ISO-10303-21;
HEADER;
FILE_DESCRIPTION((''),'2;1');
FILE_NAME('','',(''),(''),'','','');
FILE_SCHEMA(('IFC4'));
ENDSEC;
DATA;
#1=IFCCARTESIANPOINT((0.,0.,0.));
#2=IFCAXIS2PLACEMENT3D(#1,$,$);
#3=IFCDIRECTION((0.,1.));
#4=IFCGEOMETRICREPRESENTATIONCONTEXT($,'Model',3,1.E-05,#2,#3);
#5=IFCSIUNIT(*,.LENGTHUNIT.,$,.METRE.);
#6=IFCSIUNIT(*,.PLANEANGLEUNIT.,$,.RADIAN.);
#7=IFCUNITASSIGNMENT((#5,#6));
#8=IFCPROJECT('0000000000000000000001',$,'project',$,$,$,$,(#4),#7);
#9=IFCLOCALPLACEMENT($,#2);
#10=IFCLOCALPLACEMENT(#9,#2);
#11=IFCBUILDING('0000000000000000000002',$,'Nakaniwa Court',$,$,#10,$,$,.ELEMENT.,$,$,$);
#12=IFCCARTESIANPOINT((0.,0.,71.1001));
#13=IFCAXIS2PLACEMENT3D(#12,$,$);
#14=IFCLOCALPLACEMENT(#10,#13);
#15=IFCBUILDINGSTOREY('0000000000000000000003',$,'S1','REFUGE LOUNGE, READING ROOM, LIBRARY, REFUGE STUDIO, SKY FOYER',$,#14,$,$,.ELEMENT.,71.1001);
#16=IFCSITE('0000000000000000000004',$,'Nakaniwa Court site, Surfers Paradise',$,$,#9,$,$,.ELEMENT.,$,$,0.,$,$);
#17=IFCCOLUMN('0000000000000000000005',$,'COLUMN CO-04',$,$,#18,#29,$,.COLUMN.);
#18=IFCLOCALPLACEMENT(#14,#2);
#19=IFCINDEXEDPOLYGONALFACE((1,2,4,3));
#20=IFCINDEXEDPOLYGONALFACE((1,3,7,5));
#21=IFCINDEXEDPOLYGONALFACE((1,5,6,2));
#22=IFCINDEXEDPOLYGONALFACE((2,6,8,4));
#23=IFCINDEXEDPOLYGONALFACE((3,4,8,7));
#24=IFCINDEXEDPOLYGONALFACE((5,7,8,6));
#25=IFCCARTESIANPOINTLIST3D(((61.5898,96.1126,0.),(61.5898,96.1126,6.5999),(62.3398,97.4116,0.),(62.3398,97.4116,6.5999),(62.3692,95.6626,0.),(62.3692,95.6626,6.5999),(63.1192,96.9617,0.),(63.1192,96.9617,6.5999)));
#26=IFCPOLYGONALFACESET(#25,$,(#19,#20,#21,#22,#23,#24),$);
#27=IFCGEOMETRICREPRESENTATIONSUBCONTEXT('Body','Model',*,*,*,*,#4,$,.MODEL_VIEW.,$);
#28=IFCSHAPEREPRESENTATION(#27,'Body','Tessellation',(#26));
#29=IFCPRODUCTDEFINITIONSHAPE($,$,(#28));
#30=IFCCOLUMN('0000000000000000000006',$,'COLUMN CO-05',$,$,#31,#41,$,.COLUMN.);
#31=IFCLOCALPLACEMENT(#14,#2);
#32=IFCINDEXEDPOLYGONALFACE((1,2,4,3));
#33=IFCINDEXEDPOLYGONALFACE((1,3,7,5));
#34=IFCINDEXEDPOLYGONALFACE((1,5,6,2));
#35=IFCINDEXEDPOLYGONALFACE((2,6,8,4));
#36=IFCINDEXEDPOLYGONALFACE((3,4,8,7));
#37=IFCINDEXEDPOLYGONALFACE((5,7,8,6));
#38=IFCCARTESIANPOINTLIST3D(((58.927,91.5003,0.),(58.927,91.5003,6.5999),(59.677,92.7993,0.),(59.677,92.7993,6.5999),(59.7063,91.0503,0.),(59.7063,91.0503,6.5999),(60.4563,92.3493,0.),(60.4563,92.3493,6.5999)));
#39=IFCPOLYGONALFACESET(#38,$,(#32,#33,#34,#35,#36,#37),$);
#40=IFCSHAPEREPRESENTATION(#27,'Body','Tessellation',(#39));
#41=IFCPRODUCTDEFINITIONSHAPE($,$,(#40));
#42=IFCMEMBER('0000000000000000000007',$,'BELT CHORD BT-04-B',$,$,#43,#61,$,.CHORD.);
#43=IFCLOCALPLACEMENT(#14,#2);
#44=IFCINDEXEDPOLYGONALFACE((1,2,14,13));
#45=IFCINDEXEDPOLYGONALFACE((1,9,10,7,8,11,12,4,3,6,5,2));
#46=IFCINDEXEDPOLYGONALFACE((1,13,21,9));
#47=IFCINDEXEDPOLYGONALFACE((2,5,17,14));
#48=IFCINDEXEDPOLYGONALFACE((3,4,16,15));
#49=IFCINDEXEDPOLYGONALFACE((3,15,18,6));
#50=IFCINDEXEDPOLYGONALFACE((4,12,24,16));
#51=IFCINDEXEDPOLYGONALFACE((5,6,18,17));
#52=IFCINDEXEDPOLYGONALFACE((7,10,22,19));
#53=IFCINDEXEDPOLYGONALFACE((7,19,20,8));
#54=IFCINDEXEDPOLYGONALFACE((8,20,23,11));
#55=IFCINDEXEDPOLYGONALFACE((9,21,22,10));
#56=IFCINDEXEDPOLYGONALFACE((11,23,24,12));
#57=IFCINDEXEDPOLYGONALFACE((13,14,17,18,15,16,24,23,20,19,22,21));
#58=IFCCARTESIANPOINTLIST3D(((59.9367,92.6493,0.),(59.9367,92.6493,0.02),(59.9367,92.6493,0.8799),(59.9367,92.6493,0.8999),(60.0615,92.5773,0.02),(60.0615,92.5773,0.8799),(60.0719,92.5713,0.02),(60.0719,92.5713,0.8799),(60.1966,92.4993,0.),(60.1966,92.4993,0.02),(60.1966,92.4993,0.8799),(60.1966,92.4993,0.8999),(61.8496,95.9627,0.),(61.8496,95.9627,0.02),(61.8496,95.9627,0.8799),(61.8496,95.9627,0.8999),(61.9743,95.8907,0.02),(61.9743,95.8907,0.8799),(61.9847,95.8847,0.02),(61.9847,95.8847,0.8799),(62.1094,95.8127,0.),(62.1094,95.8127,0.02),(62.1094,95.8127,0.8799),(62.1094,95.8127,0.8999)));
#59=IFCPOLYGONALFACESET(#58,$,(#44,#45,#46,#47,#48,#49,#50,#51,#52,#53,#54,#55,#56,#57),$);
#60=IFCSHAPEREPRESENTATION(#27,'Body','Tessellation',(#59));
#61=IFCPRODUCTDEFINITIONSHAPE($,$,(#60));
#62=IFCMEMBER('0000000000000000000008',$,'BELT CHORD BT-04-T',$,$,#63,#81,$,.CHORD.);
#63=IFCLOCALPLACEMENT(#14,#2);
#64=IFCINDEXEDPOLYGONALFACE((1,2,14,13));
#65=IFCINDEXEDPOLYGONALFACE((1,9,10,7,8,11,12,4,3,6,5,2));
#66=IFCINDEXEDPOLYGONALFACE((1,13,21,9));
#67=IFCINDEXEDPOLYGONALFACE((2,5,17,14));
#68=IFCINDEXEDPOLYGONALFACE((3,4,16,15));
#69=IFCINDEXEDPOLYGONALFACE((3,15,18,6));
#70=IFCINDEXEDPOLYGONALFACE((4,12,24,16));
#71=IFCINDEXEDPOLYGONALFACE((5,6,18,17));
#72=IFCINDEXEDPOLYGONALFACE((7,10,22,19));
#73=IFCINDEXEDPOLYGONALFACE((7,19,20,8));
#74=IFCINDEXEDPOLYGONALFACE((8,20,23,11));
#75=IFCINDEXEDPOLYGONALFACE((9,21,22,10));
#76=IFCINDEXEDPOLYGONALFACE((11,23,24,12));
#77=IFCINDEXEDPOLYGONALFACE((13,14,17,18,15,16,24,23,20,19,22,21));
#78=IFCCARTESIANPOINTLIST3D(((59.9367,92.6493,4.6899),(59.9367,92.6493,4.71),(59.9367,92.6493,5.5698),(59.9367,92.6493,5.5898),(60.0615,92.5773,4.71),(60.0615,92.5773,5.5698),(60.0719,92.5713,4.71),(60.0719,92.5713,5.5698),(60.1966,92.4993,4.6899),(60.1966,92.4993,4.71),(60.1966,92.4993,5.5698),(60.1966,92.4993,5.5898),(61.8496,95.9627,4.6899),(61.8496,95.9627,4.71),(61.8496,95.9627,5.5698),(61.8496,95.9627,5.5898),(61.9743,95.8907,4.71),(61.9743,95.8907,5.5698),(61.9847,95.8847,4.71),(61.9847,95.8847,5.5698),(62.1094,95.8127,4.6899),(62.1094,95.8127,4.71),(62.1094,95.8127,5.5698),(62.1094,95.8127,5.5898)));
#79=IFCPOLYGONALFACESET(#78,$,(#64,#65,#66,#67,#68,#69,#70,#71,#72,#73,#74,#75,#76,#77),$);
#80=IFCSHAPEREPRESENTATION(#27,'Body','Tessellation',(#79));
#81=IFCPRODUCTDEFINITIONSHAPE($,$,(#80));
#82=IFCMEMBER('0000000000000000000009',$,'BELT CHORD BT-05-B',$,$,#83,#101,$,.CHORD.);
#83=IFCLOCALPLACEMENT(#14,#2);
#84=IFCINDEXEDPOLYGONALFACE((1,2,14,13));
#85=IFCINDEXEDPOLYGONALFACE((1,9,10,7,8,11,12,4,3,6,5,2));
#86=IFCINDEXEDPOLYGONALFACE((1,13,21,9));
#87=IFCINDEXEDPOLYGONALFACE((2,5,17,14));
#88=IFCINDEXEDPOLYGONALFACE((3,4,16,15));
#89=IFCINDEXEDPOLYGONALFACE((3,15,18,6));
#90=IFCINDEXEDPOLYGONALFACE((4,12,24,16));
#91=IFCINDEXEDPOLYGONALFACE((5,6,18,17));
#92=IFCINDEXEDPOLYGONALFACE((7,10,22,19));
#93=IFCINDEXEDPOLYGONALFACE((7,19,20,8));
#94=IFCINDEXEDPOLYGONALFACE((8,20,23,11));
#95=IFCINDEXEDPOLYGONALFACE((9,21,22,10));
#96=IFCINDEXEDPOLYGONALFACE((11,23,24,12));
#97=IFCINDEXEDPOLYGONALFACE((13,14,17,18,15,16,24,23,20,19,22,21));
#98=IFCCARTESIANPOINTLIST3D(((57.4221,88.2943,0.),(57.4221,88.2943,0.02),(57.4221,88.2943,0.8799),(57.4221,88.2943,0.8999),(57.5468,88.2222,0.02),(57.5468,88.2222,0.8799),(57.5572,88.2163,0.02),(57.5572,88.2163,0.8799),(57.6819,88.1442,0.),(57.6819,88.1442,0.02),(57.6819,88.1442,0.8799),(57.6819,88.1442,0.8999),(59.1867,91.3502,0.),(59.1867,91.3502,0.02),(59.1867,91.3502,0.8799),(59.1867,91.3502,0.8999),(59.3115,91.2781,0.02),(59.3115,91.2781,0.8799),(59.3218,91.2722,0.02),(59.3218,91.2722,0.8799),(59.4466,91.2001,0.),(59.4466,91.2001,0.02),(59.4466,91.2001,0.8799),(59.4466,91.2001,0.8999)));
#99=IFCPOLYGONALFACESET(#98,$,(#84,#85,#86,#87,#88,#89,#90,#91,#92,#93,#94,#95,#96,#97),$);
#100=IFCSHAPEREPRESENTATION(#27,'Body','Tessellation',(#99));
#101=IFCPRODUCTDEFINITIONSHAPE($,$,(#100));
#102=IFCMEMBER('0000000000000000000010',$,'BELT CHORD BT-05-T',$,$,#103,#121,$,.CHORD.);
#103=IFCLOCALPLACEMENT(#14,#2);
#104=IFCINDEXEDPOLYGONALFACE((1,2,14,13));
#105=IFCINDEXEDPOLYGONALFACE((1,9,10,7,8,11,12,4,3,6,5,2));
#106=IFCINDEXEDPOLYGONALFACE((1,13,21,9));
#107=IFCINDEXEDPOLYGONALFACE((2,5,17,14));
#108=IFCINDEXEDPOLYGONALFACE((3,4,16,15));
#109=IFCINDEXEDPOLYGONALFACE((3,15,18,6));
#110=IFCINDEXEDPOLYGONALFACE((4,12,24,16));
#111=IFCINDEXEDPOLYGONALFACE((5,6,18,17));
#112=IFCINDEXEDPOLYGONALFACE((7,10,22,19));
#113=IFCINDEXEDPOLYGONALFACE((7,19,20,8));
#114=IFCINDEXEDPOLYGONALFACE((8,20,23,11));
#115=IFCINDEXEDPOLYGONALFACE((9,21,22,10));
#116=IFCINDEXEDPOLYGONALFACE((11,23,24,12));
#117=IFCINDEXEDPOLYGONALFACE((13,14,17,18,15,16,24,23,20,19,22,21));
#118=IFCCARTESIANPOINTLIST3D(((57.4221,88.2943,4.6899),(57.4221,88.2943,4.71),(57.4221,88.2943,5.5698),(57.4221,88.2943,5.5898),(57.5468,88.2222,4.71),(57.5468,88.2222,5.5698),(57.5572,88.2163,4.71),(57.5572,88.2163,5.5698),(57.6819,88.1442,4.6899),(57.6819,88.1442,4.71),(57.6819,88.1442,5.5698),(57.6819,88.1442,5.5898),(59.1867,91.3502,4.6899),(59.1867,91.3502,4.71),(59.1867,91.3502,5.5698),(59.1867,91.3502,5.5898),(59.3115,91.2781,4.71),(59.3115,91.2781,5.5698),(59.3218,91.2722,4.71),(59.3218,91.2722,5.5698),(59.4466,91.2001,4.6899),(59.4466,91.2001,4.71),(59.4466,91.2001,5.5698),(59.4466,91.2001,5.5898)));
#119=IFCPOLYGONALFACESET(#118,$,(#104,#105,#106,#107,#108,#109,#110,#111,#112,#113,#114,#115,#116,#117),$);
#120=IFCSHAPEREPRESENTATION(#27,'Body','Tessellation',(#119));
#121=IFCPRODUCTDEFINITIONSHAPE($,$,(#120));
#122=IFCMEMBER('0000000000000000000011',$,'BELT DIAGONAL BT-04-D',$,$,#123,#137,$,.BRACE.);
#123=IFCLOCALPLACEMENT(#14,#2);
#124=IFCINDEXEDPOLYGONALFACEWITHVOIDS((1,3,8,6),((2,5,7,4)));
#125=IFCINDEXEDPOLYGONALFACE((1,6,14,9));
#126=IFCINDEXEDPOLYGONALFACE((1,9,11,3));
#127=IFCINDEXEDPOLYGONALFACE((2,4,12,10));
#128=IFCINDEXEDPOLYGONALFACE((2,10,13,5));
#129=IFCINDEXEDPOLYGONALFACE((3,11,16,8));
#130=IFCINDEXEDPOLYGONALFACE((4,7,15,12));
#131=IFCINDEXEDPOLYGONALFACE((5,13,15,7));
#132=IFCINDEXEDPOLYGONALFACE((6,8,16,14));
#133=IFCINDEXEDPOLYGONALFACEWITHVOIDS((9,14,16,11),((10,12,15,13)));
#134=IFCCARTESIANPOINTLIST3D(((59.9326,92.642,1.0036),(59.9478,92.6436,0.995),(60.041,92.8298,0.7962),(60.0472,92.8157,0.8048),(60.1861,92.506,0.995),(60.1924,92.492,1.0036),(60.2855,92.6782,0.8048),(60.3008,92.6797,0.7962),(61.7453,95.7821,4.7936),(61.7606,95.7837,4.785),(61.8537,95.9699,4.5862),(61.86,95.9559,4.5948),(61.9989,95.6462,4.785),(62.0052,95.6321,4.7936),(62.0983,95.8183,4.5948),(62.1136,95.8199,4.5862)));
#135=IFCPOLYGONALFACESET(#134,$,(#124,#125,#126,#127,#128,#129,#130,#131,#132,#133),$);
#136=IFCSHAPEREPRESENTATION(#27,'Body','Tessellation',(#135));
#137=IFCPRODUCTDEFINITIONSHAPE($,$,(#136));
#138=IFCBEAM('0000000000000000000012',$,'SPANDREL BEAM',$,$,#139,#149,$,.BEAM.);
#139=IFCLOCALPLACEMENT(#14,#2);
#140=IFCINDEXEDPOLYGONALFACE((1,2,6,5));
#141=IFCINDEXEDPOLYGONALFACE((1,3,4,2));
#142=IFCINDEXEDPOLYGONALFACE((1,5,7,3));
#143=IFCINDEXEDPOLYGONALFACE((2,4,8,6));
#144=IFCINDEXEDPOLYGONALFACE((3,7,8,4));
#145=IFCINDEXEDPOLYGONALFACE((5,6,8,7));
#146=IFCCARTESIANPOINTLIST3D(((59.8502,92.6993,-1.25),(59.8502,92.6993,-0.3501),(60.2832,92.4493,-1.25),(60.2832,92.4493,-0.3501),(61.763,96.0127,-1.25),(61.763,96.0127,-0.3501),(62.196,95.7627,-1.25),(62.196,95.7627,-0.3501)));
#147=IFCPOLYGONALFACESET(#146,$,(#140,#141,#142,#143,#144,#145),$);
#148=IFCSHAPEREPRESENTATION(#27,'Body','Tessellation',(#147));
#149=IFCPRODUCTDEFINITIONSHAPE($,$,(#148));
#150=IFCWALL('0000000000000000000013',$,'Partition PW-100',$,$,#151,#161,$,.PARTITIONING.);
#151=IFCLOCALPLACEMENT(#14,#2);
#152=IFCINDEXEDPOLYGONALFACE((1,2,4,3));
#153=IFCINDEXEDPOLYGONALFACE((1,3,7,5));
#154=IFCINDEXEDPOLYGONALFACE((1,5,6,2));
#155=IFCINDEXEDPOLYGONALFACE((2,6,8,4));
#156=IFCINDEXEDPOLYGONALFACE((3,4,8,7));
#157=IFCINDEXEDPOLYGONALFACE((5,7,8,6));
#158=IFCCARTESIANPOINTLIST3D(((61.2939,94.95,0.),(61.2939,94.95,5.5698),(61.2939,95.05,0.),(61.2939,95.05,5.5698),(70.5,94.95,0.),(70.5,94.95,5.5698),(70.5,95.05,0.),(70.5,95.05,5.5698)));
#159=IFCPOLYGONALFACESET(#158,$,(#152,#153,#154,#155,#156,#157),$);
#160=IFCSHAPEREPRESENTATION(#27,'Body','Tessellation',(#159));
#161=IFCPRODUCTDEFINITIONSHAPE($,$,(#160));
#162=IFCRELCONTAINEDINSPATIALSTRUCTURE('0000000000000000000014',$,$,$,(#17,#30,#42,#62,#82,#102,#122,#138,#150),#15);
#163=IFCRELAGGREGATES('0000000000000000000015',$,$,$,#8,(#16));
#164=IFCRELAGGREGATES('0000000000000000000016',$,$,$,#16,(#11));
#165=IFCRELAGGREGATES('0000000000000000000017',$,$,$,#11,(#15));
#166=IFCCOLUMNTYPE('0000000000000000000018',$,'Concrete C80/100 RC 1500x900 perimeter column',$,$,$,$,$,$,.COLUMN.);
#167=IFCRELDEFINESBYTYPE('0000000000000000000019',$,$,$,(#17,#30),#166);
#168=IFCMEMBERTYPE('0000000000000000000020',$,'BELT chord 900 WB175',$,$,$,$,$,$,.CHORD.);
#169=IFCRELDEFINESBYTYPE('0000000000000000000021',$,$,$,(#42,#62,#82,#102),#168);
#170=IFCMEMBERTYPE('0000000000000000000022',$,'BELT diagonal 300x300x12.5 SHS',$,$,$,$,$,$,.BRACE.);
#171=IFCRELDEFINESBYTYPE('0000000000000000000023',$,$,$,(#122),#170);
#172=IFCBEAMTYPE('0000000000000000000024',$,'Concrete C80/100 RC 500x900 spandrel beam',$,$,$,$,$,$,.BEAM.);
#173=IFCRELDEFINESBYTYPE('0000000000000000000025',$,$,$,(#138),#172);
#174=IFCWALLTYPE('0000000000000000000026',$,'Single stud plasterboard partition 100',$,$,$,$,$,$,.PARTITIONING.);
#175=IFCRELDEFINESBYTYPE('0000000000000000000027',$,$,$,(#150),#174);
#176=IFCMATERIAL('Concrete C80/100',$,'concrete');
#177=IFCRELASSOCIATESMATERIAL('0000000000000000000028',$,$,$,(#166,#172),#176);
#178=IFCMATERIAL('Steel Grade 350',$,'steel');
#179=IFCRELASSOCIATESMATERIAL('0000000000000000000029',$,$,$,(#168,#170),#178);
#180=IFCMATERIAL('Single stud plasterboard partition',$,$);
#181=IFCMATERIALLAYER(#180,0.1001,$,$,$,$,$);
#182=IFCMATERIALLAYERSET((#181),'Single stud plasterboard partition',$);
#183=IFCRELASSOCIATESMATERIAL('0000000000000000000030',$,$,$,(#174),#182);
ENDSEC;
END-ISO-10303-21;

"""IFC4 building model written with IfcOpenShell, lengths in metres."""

from ifc_helpers import new_model, si_unit, direction, frame, frame_2d, origin, origin_2d, place, context, subcontext, project, spatial, rectangle, hollow_rectangle, i_section, extrude, material, layer, layer_set, material_profile, profile_set, type_object, element, save


model = new_model("IFC4")

# Units and contexts
model_context = context("Model", 3, precision=1e-05, world=origin(), true_north=direction((0.0, 1.0)))
body_context = subcontext(model_context, "Body", "Model", "MODEL_VIEW")
ifc_project = project(units=[si_unit("LENGTHUNIT", "METRE"), si_unit("PLANEANGLEUNIT", "RADIAN")], contexts=[model_context])

# Site, building, storey
site_placement = place(None, origin())
site = spatial("IfcSite", under=ifc_project, at=site_placement, Name="Nakaniwa Court site, Surfers Paradise", CompositionType="ELEMENT", RefElevation=0.0)
building_placement = place(site_placement, origin())
building = spatial("IfcBuilding", under=site, at=building_placement, Name="Nakaniwa Court", CompositionType="ELEMENT")
storey_placement = place(building_placement, frame((0.0, 0.0, 71.1001)))
storey = spatial("IfcBuildingStorey", under=building, at=storey_placement, Name="S1", Description="REFUGE LOUNGE, READING ROOM, LIBRARY, REFUGE STUDIO, SKY FOYER", CompositionType="ELEMENT", Elevation=71.1001)

# Columns
ifc_material_1 = material(Name="Concrete C80/100", Category="concrete")
ifc_material_profile_1 = material_profile(ifc_material_1, rectangle(XDim=1.5, YDim=0.8999, at=origin_2d()), Name="Concrete C80/100 RC 1500x900 perimeter column")
ifc_profile_set_1 = profile_set([ifc_material_profile_1], Name="Concrete C80/100")
column_type = type_object("IfcColumnType", Name="Concrete C80/100 RC 1500x900 perimeter column", PredefinedType="COLUMN", material=ifc_profile_set_1)
for number, where, z_axis, x_axis, name in (
    (1, (62.3545, 96.5371, 0.0), (0.0, 0.0, 1.0), (-0.5, -0.866025, 0.0), "COLUMN CO-04"),
    (2, (59.6917, 91.9248, 0.0), (0.0, 0.0, 1.0), (-0.5, -0.866025, 0.0), "COLUMN CO-05"),
):
    element("IfcColumn", number, at=place(storey_placement, frame(where, z_axis=z_axis, x_axis=x_axis)), inside=storey, type_object=column_type, Name=name, PredefinedType="COLUMN", context=body_context, shape_type="SweptSolid", body=[
        extrude(rectangle(XDim=1.5, YDim=0.8999, at=origin_2d()), origin(), (0.0, 0.0, 1.0), 6.5999),
    ])

# Members
ifc_material_2 = material(Name="Steel Grade 350", Category="steel")
ifc_material_profile_2 = material_profile(ifc_material_2, i_section(OverallWidth=0.3, OverallDepth=0.8999, WebThickness=0.012, FlangeThickness=0.02, at=origin_2d()), Name="900WB175")
ifc_profile_set_2 = profile_set([ifc_material_profile_2], Name="Steel Grade 350")
member_type_1 = type_object("IfcMemberType", Name="BELT chord 900 WB175", PredefinedType="CHORD", material=ifc_profile_set_2)
for number, where, z_axis, x_axis, name in (
    (3, (61.9795, 95.8877, 0.45), (-0.499962, -0.866047, 0.0), (0.866047, -0.499962, 0.0), "BELT CHORD BT-04-B"),
    (4, (61.9795, 95.8877, 5.1399), (-0.499962, -0.866047, 0.0), (0.866047, -0.499962, 0.0), "BELT CHORD BT-04-T"),
):
    element("IfcMember", number, at=place(storey_placement, frame(where, z_axis=z_axis, x_axis=x_axis)), inside=storey, type_object=member_type_1, Name=name, PredefinedType="CHORD", context=body_context, shape_type="SweptSolid", body=[
        extrude(i_section(OverallWidth=0.3, OverallDepth=0.8999, WebThickness=0.012, FlangeThickness=0.02, at=origin_2d()), origin(), (0.0, 0.0, 1.0), 3.8259),
    ])
for number, where, z_axis, x_axis, name in (
    (5, (59.3167, 91.2751, 0.45), (-0.500068, -0.865986, 0.0), (0.865986, -0.500068, 0.0), "BELT CHORD BT-05-B"),
    (6, (59.3167, 91.2751, 5.1399), (-0.500068, -0.865986, 0.0), (0.865986, -0.500068, 0.0), "BELT CHORD BT-05-T"),
):
    element("IfcMember", number, at=place(storey_placement, frame(where, z_axis=z_axis, x_axis=x_axis)), inside=storey, type_object=member_type_1, Name=name, PredefinedType="CHORD", context=body_context, shape_type="SweptSolid", body=[
        extrude(i_section(OverallWidth=0.3, OverallDepth=0.8999, WebThickness=0.012, FlangeThickness=0.02, at=origin_2d()), origin(), (0.0, 0.0, 1.0), 3.5288),
    ])
ifc_material_profile_3 = material_profile(ifc_material_2, hollow_rectangle(XDim=0.3, YDim=0.3, WallThickness=0.0125, at=origin_2d()), Name="BELT diagonal 300x300x12.5 SHS")
ifc_profile_set_3 = profile_set([ifc_material_profile_3], Name="Steel Grade 350")
member_type_2 = type_object("IfcMemberType", Name="BELT diagonal 300x300x12.5 SHS", PredefinedType="BRACE", material=ifc_profile_set_3)
member_placement = place(storey_placement, frame((61.9294, 95.801, 4.6899), z_axis=(-0.345608, -0.598682, -0.722589), x_axis=(0.866051, -0.499956, 0.0)))
element("IfcMember", 7, at=member_placement, inside=storey, type_object=member_type_2, Name="BELT DIAGONAL BT-04-D", PredefinedType="BRACE", context=body_context, shape_type="SweptSolid", body=[
    extrude(hollow_rectangle(XDim=0.3, YDim=0.3, WallThickness=0.0125, at=origin_2d()), origin(), (0.0, 0.0, 1.0), 5.2451),
])

# Beam
ifc_material_profile_4 = material_profile(ifc_material_1, rectangle(XDim=0.5, YDim=0.8999, at=origin_2d()), Name="Concrete C80/100 RC 500x900 spandrel beam")
ifc_profile_set_4 = profile_set([ifc_material_profile_4], Name="Concrete C80/100")
beam_type = type_object("IfcBeamType", Name="Concrete C80/100 RC 500x900 spandrel beam", PredefinedType="BEAM", material=ifc_profile_set_4)
beam_placement = place(storey_placement, frame((61.9795, 95.8877, -0.8), z_axis=(-0.499962, -0.866047, 0.0), x_axis=(0.866047, -0.499962, 0.0)))
element("IfcBeam", 8, at=beam_placement, inside=storey, type_object=beam_type, Name="SPANDREL BEAM", PredefinedType="BEAM", context=body_context, shape_type="SweptSolid", body=[
    extrude(rectangle(XDim=0.5, YDim=0.8999, at=origin_2d()), origin(), (0.0, 0.0, 1.0), 3.8259),
])

# Wall
ifc_material_3 = material(Name="Single stud plasterboard partition")
ifc_layer = layer(ifc_material_3, 0.1001)
ifc_layer_set = layer_set([ifc_layer], Name="Single stud plasterboard partition")
wall_type = type_object("IfcWallType", Name="Single stud plasterboard partition 100", PredefinedType="PARTITIONING", material=ifc_layer_set)
wall_placement = place(storey_placement, frame((61.2939, 95.0, 0.0), z_axis=(0.0, 0.0, 1.0), x_axis=(1.0, 0.0, 0.0)))
element("IfcWall", 9, at=wall_placement, inside=storey, type_object=wall_type, Name="Partition PW-100", PredefinedType="PARTITIONING", context=body_context, shape_type="SweptSolid", body=[
    extrude(rectangle(XDim=9.2061, YDim=0.1001, at=frame_2d((4.603, 0.0))), origin(), (0.0, 0.0, 1.0), 5.5698),
])

save(model, "model.ifc")
